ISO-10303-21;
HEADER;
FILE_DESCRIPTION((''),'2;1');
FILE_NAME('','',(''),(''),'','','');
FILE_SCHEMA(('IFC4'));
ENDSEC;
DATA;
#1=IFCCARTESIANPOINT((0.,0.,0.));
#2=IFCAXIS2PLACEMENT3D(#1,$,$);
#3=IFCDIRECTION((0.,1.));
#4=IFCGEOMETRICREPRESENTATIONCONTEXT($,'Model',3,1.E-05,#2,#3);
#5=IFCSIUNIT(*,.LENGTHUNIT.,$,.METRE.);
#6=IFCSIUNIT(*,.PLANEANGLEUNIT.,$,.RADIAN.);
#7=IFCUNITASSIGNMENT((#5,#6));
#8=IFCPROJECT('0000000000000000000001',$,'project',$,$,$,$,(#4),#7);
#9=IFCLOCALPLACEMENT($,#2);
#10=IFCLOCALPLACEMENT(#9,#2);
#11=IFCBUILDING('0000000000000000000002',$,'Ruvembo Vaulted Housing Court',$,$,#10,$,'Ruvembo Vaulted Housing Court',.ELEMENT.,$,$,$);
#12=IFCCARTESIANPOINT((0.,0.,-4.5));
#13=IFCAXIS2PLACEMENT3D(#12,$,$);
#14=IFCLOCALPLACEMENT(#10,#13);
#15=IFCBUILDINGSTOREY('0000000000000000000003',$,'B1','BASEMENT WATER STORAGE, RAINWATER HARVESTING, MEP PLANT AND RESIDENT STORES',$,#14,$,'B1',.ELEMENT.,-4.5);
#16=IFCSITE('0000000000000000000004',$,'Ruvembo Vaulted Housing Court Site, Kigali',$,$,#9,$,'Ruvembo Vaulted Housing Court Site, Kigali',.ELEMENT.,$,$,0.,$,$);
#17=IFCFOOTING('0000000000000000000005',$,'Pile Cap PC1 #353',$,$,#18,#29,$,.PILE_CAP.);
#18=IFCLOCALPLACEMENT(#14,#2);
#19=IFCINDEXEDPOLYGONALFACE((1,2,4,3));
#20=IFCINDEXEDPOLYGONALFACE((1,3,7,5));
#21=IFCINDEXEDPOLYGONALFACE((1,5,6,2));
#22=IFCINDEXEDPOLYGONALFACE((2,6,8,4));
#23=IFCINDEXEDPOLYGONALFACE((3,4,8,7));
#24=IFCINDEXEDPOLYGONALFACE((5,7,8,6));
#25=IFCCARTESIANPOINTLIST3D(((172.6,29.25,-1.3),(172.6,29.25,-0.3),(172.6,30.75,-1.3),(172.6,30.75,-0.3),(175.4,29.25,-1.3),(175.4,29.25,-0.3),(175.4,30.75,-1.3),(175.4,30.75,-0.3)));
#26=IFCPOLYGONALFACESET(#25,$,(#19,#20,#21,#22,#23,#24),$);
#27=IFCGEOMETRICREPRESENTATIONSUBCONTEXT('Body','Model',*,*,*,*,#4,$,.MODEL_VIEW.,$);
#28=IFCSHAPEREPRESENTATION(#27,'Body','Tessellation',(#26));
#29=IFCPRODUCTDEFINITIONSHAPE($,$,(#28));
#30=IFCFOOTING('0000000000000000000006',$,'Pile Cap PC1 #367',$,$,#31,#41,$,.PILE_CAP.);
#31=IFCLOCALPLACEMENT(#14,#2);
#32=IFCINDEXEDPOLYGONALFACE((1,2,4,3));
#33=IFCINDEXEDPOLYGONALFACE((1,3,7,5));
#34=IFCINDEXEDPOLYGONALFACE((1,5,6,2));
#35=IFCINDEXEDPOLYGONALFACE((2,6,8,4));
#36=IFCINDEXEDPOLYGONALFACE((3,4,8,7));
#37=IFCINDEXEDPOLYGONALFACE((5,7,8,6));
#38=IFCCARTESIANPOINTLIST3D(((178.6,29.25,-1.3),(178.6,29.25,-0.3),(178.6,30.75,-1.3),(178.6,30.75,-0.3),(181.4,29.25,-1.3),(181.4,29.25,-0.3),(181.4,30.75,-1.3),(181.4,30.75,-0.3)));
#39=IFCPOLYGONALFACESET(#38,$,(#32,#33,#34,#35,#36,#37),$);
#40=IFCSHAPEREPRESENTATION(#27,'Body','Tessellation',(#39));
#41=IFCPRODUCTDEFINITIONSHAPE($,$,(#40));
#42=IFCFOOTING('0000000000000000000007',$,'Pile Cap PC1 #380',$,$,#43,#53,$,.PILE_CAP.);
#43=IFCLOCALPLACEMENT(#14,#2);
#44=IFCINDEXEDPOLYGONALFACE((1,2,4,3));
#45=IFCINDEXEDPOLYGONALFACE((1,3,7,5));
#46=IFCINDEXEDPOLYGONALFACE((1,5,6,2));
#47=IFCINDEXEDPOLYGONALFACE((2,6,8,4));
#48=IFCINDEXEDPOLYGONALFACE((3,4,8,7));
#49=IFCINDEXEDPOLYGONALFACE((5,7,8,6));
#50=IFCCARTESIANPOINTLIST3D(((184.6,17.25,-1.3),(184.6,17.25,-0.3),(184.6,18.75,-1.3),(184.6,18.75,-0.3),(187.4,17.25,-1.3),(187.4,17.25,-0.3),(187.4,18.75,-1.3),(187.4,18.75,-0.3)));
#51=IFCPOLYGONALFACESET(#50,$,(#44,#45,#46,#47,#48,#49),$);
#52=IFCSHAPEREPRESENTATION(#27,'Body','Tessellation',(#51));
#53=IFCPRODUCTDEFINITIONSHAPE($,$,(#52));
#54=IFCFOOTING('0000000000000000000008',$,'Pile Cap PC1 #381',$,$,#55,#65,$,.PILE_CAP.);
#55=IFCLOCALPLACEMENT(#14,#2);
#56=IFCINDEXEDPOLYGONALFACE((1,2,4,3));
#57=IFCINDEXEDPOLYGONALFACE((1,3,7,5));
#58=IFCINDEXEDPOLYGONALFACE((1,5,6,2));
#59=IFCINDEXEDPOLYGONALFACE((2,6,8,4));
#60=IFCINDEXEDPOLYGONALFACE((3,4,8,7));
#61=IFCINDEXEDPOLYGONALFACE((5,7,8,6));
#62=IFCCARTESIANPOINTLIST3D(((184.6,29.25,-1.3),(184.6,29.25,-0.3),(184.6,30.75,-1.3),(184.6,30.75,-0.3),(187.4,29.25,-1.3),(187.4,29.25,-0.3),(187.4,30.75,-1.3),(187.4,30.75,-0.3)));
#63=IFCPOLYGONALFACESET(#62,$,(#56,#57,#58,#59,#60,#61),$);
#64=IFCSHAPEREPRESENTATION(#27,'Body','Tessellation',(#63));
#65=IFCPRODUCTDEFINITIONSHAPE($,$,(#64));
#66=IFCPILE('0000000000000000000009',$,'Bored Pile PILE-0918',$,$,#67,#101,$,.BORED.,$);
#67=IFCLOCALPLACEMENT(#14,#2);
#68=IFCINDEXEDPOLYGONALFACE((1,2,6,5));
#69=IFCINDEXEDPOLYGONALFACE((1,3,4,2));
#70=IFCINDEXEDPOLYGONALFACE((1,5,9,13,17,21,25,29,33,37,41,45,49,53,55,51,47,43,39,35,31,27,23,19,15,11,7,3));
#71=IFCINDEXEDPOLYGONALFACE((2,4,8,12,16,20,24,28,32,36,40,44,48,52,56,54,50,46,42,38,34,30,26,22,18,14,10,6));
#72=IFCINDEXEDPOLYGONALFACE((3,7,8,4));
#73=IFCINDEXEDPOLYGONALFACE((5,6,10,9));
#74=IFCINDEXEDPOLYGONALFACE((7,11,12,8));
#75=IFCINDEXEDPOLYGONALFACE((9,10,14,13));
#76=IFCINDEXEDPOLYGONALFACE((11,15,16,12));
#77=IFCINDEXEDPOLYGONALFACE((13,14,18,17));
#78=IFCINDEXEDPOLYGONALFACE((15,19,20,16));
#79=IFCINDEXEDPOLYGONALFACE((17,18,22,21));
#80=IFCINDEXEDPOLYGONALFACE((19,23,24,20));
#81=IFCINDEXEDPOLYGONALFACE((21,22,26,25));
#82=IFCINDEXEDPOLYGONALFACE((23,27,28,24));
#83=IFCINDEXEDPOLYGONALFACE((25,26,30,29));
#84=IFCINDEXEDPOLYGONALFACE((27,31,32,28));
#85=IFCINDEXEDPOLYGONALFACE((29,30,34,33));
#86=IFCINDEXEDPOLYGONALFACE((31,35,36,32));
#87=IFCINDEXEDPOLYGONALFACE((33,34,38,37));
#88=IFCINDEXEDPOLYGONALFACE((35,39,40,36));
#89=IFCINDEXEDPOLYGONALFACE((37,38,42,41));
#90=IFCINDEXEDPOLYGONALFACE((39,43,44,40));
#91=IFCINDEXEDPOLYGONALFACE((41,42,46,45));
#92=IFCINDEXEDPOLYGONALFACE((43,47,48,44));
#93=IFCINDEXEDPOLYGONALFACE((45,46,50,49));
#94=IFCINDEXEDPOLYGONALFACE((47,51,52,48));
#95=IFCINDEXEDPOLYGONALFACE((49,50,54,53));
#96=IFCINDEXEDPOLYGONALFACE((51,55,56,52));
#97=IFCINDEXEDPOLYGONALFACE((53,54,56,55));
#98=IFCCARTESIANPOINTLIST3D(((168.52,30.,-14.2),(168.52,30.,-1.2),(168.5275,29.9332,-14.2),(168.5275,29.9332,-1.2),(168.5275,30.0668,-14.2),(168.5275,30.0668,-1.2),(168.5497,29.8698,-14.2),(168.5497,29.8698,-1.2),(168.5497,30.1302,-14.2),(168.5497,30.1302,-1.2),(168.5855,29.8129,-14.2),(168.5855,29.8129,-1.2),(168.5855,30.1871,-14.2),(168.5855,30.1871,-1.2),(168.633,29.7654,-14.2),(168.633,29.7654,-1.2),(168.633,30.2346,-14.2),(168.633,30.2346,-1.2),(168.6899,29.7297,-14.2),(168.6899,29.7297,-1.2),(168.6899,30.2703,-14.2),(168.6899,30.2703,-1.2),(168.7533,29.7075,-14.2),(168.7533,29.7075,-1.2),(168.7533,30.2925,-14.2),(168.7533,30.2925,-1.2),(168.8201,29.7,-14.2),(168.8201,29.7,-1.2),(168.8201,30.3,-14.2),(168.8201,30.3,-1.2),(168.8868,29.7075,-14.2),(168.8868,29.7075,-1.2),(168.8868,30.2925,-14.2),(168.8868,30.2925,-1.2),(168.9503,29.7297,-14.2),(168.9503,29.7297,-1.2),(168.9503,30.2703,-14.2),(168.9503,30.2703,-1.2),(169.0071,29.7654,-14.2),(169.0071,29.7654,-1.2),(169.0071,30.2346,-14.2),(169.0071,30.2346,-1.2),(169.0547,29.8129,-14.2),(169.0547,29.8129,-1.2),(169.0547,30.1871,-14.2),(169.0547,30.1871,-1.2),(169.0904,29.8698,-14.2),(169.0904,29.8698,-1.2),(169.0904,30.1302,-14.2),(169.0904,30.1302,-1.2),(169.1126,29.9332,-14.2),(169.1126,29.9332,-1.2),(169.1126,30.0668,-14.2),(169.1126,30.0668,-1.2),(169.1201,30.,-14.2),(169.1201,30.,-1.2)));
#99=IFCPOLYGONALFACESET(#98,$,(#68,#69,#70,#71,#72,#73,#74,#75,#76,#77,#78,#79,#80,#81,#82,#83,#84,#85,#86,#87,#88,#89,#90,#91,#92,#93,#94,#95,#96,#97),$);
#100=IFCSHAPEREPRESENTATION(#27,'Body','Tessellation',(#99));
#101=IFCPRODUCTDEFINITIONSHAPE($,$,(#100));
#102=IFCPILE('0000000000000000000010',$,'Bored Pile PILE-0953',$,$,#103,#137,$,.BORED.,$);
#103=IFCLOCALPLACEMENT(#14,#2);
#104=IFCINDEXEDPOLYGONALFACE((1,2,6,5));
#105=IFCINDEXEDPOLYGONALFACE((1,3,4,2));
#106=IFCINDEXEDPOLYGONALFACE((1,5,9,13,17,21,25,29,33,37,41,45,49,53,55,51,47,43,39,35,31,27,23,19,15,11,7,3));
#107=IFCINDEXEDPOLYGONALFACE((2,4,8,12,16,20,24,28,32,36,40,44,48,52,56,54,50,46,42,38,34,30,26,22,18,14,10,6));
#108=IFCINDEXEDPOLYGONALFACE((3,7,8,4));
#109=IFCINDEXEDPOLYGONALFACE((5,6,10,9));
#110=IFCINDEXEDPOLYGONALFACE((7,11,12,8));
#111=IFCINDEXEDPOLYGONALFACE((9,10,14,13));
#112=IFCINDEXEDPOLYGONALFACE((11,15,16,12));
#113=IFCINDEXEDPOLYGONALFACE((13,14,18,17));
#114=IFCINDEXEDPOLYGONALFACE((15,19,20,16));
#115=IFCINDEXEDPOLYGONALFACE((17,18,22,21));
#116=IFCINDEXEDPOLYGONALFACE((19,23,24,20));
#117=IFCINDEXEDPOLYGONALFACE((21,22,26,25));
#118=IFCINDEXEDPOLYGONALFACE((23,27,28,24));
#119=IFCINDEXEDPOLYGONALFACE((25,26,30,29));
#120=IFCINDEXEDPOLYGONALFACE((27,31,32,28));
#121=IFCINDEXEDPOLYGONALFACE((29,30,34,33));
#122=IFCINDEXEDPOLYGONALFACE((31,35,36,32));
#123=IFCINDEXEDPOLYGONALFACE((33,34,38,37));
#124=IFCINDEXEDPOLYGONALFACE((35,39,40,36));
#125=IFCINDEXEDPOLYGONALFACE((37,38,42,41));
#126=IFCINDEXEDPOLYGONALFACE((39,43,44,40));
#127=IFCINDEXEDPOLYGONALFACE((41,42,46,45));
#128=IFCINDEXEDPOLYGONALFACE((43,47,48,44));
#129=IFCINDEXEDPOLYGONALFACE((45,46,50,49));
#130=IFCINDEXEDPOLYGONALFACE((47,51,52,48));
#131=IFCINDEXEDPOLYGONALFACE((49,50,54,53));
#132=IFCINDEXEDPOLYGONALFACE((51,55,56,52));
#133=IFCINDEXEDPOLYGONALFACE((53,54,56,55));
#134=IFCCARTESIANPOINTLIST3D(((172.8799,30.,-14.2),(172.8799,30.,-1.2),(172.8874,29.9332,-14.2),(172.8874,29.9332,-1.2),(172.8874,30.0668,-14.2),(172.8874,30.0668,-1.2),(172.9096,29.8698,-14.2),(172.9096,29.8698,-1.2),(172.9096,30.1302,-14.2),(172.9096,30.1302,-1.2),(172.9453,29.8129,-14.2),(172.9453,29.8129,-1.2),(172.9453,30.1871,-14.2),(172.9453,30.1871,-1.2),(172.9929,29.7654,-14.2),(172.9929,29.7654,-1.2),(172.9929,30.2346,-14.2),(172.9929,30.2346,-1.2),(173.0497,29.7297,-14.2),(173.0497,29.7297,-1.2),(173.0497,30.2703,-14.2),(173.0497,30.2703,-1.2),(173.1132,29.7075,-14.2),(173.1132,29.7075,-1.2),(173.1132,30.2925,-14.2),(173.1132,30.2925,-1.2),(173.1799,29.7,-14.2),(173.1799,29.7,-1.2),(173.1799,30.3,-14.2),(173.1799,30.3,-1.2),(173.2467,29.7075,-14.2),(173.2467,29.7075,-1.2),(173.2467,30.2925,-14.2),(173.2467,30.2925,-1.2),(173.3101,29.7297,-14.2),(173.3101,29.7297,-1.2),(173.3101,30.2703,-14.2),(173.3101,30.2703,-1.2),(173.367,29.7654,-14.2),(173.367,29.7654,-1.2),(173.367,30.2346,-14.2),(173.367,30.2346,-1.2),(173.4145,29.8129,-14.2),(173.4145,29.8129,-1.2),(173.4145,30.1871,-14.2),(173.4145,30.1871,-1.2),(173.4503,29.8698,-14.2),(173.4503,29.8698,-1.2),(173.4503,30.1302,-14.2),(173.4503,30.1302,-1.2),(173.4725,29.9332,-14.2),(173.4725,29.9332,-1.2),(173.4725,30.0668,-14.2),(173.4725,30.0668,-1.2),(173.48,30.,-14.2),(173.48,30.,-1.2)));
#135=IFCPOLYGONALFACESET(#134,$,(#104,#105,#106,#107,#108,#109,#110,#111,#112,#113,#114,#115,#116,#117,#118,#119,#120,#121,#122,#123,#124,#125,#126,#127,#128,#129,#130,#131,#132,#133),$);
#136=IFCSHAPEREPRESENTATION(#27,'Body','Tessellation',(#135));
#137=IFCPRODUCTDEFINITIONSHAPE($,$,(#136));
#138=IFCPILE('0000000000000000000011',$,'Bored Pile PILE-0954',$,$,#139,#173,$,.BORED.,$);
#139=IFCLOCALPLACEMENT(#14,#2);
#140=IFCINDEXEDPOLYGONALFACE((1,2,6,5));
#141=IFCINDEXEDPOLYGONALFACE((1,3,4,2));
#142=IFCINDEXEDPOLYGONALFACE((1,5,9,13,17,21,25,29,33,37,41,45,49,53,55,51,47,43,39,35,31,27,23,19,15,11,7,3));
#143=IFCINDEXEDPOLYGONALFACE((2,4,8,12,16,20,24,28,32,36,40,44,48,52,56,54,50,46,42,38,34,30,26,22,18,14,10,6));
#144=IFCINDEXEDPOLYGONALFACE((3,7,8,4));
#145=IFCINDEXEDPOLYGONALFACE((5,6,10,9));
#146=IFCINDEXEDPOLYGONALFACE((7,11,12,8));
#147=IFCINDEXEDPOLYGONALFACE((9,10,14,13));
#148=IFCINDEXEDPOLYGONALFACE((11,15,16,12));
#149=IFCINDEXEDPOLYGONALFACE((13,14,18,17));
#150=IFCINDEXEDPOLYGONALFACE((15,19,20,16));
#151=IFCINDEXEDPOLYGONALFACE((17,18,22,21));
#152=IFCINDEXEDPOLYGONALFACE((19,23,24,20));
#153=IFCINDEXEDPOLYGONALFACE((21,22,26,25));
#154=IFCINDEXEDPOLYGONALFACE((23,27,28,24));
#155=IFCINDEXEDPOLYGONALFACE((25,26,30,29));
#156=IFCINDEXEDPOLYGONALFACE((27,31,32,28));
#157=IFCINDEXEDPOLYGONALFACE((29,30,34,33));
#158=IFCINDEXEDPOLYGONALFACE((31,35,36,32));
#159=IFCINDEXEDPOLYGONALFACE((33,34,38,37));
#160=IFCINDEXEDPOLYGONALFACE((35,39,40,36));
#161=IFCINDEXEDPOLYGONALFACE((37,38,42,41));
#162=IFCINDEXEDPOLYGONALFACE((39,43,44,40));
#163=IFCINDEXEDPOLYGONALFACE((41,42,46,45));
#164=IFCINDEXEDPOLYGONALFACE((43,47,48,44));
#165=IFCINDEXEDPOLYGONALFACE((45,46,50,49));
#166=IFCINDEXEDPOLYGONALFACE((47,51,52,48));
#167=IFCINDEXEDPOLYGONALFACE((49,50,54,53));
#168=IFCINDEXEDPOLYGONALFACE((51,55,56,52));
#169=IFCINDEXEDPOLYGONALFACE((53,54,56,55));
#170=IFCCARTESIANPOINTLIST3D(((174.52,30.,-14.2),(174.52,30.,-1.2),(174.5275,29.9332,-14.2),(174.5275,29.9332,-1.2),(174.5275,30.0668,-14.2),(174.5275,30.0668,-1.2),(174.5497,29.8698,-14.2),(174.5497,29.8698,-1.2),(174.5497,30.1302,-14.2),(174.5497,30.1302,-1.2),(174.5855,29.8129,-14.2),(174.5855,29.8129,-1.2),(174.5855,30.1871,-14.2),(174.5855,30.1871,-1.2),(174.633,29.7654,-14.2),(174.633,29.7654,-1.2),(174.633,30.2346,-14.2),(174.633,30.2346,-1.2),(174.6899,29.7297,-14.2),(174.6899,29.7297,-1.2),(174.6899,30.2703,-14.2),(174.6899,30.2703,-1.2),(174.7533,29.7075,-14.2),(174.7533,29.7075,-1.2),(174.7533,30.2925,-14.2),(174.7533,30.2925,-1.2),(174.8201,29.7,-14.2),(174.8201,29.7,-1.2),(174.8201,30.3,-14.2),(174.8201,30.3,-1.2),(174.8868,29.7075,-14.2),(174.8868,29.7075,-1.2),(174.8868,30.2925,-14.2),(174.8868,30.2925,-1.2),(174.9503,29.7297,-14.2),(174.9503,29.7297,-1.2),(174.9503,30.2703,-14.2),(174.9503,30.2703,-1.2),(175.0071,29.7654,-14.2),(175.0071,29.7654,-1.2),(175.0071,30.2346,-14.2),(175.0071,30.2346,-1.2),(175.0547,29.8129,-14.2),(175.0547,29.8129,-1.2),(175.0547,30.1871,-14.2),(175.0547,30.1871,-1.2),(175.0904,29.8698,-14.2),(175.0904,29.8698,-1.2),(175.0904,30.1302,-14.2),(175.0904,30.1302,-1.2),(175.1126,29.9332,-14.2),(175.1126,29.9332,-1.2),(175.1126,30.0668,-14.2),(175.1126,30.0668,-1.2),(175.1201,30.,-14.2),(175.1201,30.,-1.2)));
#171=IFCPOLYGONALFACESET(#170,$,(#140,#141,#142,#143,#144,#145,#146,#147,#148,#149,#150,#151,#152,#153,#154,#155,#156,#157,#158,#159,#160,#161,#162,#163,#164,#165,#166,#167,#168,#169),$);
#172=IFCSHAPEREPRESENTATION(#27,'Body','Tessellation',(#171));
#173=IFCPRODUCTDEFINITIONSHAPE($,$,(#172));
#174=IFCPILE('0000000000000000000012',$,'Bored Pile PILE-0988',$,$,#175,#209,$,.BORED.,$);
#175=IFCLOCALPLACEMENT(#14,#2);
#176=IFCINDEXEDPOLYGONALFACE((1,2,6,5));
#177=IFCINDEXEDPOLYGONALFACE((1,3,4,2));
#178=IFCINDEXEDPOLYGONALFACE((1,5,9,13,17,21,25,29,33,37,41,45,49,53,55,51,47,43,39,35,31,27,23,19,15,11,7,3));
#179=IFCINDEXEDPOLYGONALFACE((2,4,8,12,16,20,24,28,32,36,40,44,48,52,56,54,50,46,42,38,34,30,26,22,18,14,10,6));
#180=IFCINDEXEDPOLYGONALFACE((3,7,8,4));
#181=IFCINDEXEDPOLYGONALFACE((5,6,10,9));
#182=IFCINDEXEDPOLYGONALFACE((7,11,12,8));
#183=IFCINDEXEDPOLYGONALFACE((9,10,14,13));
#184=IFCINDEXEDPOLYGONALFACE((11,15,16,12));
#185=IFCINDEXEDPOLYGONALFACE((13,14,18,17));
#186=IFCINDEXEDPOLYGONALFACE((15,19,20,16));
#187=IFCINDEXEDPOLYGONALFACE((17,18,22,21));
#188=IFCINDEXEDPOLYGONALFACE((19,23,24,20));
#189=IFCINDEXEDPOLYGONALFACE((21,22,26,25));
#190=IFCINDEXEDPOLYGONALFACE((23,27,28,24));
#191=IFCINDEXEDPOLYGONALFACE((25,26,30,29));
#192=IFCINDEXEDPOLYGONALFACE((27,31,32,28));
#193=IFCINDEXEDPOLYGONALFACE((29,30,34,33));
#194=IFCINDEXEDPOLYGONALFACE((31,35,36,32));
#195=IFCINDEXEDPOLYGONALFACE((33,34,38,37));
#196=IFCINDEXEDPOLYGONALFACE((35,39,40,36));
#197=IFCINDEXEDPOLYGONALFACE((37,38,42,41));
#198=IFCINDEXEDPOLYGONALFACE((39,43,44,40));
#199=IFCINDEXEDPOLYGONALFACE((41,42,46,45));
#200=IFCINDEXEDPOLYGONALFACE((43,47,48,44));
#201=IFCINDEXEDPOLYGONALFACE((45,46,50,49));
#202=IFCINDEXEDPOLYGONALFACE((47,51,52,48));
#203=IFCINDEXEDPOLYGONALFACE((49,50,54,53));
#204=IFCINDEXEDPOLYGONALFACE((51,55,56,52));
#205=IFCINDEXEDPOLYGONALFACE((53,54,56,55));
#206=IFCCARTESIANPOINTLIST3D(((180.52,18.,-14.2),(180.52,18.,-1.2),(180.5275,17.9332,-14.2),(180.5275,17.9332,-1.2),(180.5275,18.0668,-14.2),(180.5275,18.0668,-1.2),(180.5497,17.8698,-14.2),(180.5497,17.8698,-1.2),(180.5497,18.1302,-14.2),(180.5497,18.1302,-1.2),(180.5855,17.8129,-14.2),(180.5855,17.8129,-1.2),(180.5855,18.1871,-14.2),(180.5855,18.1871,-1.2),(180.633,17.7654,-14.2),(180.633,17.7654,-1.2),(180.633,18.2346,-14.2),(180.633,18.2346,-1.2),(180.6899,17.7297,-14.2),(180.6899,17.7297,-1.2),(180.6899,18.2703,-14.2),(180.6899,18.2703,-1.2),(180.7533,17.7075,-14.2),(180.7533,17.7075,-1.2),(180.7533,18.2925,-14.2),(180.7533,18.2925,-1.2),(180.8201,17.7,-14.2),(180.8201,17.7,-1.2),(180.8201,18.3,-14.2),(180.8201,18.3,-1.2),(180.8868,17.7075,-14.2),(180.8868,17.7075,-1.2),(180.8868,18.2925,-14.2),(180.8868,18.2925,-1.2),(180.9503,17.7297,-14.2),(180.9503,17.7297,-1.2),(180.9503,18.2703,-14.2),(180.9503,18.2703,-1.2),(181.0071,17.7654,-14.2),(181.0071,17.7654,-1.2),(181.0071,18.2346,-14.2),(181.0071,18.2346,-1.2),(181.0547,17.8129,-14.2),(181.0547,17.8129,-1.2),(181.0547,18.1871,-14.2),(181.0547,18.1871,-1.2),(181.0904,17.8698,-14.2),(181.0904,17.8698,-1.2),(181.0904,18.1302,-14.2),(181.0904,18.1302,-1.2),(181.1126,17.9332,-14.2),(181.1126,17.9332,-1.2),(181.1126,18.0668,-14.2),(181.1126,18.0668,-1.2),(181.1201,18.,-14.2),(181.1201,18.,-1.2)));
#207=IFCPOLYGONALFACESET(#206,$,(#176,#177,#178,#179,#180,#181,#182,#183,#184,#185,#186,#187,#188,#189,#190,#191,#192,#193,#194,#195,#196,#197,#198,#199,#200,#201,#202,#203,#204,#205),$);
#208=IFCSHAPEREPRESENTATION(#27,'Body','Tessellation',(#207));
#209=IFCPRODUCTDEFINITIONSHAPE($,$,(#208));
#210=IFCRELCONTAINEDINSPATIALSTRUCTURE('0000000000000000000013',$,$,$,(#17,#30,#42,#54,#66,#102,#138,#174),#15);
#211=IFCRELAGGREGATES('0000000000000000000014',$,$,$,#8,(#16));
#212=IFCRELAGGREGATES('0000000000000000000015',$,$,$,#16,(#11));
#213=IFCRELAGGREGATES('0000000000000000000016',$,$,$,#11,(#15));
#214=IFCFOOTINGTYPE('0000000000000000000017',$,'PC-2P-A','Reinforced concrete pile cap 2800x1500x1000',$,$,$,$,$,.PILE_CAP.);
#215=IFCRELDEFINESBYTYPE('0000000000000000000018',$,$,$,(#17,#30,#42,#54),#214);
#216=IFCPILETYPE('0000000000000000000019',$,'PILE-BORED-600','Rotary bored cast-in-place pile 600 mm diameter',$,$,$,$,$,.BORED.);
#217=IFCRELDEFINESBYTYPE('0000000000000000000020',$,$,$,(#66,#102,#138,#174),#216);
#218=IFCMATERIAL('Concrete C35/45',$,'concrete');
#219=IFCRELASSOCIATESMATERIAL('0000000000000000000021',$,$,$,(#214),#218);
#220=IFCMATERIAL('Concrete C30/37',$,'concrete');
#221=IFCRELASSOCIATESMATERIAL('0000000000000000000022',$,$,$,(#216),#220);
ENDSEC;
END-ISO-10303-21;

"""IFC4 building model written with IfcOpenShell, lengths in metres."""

from ifc_helpers import new_model, si_unit, direction, frame, origin, origin_2d, place, context, subcontext, project, spatial, rectangle, circle, extrude, material, material_profile, profile_set, type_object, element, save


model = new_model("IFC4")

# Units and contexts
model_context = context("Model", 3, precision=1e-05, world=origin(), true_north=direction((0.0, 1.0)))
body_context = subcontext(model_context, "Body", "Model", "MODEL_VIEW")
ifc_project = project(units=[si_unit("LENGTHUNIT", "METRE"), si_unit("PLANEANGLEUNIT", "RADIAN")], contexts=[model_context])

# Site, building, storey
site_placement = place(None, origin())
site = spatial("IfcSite", under=ifc_project, at=site_placement, Name="Ruvembo Vaulted Housing Court Site, Kigali", LongName="Ruvembo Vaulted Housing Court Site, Kigali", CompositionType="ELEMENT", RefElevation=0.0)
building_placement = place(site_placement, origin())
building = spatial("IfcBuilding", under=site, at=building_placement, Name="Ruvembo Vaulted Housing Court", LongName="Ruvembo Vaulted Housing Court", CompositionType="ELEMENT")
storey_placement = place(building_placement, frame((0.0, 0.0, -4.5)))
storey = spatial("IfcBuildingStorey", under=building, at=storey_placement, Name="B1", Description="BASEMENT WATER STORAGE, RAINWATER HARVESTING, MEP PLANT AND RESIDENT STORES", LongName="B1", CompositionType="ELEMENT", Elevation=-4.5)

# Footings
ifc_material_1 = material(Name="Concrete C35/45", Category="concrete")
footing_type = type_object("IfcFootingType", Name="PC-2P-A", Description="Reinforced concrete pile cap 2800x1500x1000", PredefinedType="PILE_CAP", material=ifc_material_1)
for number, where, z_axis, x_axis, name in (
    (1, (174.0, 30.0, -1.3), (0.0, 0.0, 1.0), (1.0, 0.0, 0.0), "Pile Cap PC1 #353"),
    (2, (180.0, 30.0, -1.3), (0.0, 0.0, 1.0), (1.0, 0.0, 0.0), "Pile Cap PC1 #367"),
    (3, (186.0, 18.0, -1.3), (0.0, 0.0, 1.0), (1.0, 0.0, 0.0), "Pile Cap PC1 #380"),
    (4, (186.0, 30.0, -1.3), (0.0, 0.0, 1.0), (1.0, 0.0, 0.0), "Pile Cap PC1 #381"),
):
    element("IfcFooting", number, at=place(storey_placement, frame(where, z_axis=z_axis, x_axis=x_axis)), inside=storey, type_object=footing_type, Name=name, PredefinedType="PILE_CAP", context=body_context, shape_type="SweptSolid", body=[
        extrude(rectangle(XDim=2.8, YDim=1.5, at=origin_2d()), origin(), (0.0, 0.0, 1.0), 1.0),
    ])

# Piles
ifc_material_2 = material(Name="Concrete C30/37", Category="concrete")
ifc_material_profile_1 = material_profile(ifc_material_2, circle(Radius=0.3, at=origin_2d()), Name="PILE D600")
ifc_profile_set_1 = profile_set([ifc_material_profile_1], Name="Concrete C30/37")
pile_type = type_object("IfcPileType", Name="PILE-BORED-600", Description="Rotary bored cast-in-place pile 600 mm diameter", PredefinedType="BORED", material=ifc_profile_set_1)
for number, where, z_axis, x_axis, name in (
    (5, (168.8201, 30.0, -1.2), (0.0, 0.0, -1.0), (1.0, 0.0, 0.0), "Bored Pile PILE-0918"),
    (6, (173.1799, 30.0, -1.2), (0.0, 0.0, -1.0), (1.0, 0.0, 0.0), "Bored Pile PILE-0953"),
    (7, (174.8201, 30.0, -1.2), (0.0, 0.0, -1.0), (1.0, 0.0, 0.0), "Bored Pile PILE-0954"),
    (8, (180.8201, 18.0, -1.2), (0.0, 0.0, -1.0), (1.0, 0.0, 0.0), "Bored Pile PILE-0988"),
):
    element("IfcPile", number, at=place(storey_placement, frame(where, z_axis=z_axis, x_axis=x_axis)), inside=storey, type_object=pile_type, Name=name, PredefinedType="BORED", context=body_context, shape_type="SweptSolid", body=[
        extrude(circle(Radius=0.3, at=origin_2d()), origin(), (0.0, 0.0, 1.0), 13.0),
    ])

save(model, "model.ifc")
